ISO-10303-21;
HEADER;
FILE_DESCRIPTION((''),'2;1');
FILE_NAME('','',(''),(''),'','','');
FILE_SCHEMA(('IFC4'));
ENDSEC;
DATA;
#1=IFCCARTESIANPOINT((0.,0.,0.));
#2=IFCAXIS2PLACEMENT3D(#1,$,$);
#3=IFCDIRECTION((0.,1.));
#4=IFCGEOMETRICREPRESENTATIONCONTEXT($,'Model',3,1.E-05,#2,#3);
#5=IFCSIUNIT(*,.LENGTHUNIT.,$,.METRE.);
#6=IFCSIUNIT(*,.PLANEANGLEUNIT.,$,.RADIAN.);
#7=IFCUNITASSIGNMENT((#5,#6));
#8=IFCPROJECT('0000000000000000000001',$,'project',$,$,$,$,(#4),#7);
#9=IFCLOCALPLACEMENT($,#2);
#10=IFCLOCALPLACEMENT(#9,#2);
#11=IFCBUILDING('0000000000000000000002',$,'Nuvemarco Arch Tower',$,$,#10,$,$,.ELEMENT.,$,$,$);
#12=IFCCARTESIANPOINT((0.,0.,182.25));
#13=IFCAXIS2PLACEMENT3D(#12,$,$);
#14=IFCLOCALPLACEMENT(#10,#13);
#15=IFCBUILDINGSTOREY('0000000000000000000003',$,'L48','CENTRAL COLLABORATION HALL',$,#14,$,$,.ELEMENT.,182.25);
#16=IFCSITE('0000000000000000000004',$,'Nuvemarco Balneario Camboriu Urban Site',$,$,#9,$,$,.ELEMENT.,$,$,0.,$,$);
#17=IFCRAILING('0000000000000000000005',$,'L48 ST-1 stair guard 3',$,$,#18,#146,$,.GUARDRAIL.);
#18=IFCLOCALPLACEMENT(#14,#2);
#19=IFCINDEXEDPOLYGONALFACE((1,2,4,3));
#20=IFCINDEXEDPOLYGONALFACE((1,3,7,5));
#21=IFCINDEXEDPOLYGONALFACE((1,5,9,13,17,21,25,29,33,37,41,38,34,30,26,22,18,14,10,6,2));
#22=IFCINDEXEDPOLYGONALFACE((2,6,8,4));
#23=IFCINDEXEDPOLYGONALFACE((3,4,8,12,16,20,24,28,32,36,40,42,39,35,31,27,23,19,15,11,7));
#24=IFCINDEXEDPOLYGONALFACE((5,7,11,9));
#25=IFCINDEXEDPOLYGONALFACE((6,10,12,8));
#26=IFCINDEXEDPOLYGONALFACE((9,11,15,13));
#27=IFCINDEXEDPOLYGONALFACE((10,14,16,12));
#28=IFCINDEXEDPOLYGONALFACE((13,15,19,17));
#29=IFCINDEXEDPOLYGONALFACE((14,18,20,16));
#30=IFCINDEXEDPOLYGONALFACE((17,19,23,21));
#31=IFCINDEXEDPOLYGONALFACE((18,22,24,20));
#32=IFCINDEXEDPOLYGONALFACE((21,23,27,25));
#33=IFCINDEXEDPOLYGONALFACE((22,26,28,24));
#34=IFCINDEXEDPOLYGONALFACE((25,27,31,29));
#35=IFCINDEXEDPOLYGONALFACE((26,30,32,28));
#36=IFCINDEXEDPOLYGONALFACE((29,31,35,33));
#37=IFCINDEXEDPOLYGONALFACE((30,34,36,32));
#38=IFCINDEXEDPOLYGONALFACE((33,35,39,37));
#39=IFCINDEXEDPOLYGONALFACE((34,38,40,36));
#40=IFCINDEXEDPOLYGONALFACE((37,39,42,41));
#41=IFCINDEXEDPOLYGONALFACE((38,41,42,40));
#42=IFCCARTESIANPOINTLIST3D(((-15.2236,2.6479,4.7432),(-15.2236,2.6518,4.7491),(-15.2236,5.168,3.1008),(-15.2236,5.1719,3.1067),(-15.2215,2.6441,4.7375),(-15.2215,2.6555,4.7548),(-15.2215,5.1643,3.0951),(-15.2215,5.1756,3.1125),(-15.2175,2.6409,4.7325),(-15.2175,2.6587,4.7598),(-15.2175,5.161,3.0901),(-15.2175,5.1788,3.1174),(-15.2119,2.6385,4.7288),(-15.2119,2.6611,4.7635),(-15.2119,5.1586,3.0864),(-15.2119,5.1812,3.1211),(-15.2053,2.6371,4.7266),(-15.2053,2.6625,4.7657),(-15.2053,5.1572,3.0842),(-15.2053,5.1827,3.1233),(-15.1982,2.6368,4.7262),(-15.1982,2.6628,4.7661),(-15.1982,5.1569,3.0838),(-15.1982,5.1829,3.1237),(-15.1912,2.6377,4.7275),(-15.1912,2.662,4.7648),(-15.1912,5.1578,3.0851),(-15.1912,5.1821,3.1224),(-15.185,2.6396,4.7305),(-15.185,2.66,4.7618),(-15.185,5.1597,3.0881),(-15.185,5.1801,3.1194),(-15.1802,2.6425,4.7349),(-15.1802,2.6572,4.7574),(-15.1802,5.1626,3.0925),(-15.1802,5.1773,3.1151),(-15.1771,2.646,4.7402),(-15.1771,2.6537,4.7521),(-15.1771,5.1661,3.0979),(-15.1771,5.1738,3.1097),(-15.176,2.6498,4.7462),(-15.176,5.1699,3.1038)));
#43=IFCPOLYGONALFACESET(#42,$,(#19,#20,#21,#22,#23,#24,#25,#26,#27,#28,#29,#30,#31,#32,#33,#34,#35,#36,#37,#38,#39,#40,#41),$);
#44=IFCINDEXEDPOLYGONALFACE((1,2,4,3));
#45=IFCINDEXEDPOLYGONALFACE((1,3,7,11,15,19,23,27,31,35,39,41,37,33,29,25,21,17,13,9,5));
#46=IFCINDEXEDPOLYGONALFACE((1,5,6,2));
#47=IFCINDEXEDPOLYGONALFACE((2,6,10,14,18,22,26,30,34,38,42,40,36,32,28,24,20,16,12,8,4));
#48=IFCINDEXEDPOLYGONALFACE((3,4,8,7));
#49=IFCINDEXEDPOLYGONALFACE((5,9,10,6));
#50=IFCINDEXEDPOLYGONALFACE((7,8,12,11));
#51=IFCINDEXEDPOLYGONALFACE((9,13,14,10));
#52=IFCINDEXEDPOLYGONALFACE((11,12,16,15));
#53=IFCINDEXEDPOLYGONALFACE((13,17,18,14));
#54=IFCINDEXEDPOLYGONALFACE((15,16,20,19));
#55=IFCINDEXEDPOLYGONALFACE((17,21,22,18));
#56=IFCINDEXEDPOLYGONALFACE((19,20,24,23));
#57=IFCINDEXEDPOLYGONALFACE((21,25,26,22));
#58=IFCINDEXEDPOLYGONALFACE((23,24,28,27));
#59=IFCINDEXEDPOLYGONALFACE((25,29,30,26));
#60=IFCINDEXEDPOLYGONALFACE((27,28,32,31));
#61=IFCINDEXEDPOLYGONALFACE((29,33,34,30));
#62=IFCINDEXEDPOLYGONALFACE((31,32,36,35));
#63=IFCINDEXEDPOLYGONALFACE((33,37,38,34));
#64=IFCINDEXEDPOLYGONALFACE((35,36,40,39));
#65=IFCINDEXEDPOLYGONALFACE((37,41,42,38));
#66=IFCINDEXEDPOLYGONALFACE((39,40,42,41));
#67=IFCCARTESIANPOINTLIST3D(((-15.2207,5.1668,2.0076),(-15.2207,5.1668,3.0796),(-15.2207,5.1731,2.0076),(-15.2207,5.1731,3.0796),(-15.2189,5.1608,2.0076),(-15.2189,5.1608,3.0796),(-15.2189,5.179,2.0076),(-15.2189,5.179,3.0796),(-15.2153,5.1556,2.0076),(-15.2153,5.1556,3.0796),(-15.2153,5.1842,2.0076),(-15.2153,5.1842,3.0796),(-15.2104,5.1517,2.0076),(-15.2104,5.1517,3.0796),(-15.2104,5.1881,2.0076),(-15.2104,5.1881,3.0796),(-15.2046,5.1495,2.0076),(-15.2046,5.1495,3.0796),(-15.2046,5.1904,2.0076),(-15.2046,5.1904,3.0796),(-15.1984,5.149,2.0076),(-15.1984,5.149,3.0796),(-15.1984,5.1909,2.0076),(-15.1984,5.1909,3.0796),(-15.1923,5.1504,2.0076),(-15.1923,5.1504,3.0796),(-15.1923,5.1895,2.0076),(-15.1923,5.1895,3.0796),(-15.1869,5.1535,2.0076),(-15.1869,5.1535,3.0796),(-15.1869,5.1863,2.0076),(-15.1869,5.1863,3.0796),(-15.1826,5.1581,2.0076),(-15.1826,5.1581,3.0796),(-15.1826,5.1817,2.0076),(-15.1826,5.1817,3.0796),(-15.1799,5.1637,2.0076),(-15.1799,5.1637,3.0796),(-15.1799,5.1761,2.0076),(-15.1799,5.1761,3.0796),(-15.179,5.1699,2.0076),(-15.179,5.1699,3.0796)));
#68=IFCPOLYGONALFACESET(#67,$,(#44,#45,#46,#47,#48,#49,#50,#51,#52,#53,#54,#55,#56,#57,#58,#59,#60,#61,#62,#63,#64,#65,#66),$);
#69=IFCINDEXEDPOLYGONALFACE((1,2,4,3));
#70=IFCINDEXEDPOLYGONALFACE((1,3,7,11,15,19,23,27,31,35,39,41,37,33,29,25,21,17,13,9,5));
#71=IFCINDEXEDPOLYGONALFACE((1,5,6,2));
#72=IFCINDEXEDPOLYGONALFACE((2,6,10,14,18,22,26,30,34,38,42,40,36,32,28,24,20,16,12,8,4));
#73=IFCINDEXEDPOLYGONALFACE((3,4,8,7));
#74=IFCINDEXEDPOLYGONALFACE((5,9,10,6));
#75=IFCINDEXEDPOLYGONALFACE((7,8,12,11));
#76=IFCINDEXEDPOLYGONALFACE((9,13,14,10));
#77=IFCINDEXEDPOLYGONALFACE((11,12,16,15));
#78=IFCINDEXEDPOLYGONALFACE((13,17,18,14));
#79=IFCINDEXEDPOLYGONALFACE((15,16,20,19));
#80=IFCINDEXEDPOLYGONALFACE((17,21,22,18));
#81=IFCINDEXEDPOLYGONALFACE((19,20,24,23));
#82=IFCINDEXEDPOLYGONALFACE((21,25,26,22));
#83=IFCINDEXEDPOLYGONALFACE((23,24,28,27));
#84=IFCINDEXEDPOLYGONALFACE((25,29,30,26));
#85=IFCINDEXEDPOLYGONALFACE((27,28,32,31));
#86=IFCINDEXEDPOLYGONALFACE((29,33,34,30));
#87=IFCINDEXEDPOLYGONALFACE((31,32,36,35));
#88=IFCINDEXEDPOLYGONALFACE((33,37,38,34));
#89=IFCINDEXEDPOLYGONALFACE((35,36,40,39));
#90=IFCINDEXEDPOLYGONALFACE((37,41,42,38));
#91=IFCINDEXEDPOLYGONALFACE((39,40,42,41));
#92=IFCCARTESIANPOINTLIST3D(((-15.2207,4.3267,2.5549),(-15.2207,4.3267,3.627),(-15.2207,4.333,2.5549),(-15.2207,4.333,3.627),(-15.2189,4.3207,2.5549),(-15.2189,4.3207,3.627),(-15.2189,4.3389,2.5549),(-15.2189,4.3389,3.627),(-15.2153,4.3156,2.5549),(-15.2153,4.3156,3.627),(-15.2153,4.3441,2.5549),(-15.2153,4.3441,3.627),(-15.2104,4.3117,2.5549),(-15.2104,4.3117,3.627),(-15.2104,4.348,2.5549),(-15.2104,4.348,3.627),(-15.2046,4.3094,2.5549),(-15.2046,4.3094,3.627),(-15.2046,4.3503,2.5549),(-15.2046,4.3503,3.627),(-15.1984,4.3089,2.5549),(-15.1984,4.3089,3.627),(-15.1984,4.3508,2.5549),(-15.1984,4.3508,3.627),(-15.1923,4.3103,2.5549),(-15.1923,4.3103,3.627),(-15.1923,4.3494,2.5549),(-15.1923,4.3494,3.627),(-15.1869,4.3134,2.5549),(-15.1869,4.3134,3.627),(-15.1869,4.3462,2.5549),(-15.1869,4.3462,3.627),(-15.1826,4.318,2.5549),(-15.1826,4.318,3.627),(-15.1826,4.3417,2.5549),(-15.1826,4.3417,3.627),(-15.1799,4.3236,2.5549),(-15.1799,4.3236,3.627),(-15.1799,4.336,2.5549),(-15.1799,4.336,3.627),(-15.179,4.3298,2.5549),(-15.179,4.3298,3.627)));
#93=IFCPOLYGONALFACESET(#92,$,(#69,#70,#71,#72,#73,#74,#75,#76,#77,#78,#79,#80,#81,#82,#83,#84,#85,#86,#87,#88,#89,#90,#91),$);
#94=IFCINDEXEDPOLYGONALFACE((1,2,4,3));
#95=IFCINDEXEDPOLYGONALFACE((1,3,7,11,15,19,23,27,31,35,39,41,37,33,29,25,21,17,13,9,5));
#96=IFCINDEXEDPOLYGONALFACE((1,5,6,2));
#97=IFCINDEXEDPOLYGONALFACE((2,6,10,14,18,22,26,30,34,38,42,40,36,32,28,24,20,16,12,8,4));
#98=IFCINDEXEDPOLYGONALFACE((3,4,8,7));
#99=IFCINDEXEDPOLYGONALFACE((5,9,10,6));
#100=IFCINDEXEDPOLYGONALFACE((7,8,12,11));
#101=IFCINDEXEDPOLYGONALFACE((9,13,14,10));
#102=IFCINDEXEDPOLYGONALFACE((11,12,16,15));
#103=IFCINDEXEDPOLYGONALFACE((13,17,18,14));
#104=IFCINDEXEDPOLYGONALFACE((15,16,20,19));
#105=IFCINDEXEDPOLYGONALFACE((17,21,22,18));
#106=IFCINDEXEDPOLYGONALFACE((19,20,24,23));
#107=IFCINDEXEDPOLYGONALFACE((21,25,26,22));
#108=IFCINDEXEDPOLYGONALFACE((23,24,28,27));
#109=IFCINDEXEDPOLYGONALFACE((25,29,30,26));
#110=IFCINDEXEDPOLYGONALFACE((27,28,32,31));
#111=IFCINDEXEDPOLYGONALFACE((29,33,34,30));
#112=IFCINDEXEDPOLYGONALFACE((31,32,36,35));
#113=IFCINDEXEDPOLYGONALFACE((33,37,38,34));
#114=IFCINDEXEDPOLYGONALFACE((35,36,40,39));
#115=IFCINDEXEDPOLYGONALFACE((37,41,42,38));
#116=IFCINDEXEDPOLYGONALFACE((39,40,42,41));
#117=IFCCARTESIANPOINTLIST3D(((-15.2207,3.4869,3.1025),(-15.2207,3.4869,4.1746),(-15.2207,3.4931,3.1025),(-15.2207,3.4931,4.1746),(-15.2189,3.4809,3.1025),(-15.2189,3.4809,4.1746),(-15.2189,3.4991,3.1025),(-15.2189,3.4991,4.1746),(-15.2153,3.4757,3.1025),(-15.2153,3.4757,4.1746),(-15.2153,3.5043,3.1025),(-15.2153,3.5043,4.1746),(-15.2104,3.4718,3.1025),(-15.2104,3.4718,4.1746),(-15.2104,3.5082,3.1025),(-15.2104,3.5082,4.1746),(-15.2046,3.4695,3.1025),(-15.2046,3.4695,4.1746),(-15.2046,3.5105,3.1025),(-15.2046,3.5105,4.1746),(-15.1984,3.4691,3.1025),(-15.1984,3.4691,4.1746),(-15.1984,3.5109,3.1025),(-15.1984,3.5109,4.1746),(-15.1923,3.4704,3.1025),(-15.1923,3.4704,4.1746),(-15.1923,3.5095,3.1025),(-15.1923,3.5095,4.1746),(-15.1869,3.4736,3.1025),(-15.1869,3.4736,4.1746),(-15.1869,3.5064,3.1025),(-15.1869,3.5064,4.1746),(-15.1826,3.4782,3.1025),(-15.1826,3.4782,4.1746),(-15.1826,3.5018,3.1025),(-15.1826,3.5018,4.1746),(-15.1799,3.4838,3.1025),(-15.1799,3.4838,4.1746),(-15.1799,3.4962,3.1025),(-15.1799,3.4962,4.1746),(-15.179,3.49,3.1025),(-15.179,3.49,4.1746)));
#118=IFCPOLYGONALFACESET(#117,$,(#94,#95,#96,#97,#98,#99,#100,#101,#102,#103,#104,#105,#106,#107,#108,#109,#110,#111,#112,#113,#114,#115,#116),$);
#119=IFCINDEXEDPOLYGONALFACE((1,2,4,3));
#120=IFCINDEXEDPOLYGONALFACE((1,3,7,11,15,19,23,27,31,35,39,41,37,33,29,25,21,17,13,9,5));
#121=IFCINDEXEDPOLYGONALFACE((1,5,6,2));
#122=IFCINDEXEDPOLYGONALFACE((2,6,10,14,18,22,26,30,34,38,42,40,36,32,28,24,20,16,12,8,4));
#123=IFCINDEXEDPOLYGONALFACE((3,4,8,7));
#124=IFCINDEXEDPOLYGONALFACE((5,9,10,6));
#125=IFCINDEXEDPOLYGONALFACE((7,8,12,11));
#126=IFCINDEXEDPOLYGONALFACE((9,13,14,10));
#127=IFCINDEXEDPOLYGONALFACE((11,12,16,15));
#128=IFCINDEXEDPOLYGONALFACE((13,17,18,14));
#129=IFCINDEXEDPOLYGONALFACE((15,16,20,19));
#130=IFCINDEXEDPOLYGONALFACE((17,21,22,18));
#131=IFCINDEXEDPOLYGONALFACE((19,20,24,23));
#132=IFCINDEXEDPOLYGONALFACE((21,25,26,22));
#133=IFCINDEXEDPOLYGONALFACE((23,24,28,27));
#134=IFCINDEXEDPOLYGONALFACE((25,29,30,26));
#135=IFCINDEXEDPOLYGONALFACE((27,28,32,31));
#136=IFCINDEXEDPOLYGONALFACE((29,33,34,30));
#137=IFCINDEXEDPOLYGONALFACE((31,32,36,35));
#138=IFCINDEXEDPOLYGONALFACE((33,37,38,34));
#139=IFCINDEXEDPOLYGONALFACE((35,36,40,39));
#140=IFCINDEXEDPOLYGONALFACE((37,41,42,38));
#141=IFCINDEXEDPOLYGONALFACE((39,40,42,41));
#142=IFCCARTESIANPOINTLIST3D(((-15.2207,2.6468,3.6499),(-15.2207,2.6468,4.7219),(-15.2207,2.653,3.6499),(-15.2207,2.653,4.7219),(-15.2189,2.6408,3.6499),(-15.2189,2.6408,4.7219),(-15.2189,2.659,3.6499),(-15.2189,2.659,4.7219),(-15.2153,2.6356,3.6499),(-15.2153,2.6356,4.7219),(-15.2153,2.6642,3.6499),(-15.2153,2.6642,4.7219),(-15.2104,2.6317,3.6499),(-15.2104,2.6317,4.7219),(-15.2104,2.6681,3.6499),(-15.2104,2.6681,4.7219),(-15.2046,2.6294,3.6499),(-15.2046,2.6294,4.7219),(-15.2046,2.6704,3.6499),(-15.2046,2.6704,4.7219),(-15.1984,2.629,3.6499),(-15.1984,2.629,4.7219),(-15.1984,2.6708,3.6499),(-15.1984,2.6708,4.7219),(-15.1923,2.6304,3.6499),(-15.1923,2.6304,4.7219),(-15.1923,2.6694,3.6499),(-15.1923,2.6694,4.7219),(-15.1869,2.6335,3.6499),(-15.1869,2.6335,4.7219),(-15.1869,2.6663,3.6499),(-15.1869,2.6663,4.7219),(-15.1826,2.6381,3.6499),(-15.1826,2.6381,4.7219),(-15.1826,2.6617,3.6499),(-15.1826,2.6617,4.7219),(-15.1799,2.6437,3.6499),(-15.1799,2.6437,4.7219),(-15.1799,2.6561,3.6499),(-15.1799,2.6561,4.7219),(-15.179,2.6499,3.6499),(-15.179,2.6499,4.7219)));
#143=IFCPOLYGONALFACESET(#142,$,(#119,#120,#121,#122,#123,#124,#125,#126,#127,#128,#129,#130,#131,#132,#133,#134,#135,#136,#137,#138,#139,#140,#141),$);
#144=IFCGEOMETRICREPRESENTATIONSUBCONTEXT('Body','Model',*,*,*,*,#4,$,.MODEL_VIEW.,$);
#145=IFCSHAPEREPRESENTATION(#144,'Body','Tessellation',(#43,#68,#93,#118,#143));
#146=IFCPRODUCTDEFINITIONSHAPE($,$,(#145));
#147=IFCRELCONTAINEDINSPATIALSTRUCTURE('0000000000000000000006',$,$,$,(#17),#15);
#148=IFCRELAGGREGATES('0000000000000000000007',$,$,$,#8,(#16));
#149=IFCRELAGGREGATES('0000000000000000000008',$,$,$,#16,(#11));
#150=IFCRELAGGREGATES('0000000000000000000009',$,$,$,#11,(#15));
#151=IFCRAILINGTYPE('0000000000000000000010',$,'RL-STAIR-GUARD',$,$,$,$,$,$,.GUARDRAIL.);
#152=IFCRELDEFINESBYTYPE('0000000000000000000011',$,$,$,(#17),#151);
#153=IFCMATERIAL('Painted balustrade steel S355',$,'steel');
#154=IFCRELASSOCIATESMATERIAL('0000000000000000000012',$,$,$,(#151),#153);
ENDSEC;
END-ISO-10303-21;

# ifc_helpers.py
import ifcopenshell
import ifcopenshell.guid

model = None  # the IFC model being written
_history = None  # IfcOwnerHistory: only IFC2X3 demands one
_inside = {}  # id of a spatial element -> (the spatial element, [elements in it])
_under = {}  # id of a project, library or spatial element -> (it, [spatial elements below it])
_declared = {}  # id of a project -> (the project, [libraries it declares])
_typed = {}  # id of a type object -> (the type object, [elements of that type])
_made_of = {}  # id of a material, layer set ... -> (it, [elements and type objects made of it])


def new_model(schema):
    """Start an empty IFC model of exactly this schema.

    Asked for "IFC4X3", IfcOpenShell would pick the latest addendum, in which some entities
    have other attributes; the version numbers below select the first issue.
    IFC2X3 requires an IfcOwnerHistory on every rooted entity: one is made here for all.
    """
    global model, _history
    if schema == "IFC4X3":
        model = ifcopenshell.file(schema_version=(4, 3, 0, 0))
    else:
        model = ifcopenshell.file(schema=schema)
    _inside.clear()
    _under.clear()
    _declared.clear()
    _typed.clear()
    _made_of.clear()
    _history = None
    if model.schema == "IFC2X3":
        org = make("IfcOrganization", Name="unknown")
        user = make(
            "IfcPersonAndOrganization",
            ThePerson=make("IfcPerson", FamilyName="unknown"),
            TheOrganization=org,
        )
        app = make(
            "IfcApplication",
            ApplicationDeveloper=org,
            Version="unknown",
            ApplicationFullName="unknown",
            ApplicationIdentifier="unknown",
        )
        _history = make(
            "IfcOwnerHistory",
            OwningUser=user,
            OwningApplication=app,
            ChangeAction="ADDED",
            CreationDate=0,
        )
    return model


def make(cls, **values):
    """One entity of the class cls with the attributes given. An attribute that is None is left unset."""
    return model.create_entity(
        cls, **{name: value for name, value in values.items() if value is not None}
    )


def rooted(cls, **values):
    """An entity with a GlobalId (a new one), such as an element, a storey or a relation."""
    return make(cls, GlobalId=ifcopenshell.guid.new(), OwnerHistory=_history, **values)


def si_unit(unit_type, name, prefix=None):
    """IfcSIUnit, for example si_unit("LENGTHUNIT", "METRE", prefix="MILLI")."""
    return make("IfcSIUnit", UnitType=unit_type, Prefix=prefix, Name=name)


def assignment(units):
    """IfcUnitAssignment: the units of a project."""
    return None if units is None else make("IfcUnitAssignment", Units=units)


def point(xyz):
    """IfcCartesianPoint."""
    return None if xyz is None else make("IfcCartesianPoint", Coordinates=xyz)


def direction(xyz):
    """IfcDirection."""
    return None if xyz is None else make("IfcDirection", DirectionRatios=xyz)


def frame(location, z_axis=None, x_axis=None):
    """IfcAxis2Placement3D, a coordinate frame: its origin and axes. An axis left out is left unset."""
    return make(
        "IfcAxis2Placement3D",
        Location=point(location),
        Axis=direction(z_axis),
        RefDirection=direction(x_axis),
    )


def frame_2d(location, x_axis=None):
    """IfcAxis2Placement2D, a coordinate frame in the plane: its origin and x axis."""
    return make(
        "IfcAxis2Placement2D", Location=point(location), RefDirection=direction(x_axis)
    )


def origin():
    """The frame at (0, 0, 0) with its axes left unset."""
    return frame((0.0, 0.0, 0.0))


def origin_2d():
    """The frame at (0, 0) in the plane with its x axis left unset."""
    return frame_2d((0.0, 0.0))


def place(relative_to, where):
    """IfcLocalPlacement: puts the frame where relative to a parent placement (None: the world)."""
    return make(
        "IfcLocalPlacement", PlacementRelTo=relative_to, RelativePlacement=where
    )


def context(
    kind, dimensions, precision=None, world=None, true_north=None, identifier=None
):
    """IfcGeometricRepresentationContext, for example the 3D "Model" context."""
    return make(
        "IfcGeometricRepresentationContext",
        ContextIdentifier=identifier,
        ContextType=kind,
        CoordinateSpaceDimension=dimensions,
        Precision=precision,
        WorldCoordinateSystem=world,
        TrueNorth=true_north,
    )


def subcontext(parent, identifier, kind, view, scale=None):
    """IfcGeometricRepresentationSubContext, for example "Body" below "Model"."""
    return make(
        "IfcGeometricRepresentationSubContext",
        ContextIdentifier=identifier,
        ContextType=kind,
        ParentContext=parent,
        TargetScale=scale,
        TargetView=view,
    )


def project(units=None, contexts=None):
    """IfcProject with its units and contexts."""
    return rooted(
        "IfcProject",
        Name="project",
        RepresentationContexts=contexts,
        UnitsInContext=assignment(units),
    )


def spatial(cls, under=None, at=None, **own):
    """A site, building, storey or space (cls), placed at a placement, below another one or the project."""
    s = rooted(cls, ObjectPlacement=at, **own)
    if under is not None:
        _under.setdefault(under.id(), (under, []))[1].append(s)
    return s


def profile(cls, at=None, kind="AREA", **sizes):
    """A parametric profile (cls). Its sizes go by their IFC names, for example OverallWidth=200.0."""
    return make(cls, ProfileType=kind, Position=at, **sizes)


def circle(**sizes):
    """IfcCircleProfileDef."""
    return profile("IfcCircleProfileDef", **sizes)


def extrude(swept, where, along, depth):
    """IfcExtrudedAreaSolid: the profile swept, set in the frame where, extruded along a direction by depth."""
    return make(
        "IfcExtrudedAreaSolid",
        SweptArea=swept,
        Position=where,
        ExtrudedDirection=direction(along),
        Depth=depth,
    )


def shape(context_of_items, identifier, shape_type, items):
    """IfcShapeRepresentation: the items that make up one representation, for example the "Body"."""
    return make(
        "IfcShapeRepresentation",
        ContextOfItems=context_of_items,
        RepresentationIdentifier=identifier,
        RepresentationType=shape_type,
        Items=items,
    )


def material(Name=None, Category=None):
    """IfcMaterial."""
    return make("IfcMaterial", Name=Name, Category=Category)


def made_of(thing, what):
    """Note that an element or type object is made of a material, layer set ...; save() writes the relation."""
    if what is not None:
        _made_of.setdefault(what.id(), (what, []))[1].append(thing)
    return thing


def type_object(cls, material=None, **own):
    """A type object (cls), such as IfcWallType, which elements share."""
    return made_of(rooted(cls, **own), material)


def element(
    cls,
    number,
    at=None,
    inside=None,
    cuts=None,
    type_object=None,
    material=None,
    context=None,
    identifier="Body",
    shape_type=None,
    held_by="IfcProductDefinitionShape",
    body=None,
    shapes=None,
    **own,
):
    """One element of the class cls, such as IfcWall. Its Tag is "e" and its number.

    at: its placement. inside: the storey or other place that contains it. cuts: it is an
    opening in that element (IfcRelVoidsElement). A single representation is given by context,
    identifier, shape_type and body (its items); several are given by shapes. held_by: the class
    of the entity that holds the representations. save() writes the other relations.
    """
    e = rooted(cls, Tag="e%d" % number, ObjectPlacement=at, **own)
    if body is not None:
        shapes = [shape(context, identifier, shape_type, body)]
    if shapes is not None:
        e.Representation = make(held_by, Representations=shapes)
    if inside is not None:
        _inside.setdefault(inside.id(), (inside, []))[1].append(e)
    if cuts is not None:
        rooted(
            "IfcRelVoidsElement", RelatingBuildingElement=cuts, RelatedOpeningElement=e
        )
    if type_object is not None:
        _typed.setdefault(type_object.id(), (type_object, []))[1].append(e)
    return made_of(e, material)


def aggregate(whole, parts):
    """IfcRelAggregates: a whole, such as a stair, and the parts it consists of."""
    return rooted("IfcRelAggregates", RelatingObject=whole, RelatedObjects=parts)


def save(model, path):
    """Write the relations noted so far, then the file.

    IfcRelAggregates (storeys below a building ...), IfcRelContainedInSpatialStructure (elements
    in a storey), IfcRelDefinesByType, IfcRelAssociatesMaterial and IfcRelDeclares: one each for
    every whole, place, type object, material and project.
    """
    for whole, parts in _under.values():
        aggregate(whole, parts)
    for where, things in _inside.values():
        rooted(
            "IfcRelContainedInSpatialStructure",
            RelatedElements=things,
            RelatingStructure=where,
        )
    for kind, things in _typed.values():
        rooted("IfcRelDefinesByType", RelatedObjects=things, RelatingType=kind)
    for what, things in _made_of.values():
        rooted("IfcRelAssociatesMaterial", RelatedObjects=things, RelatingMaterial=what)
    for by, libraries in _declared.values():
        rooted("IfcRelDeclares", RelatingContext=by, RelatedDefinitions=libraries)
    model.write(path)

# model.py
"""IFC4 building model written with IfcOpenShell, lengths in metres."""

from ifc_helpers import new_model, si_unit, direction, frame, origin, origin_2d, place, context, subcontext, project, spatial, circle, extrude, material, type_object, element, save


model = new_model("IFC4")

# Units and contexts
model_context = context("Model", 3, precision=1e-05, world=origin(), true_north=direction((0.0, 1.0)))
body_context = subcontext(model_context, "Body", "Model", "MODEL_VIEW")
ifc_project = project(units=[si_unit("LENGTHUNIT", "METRE"), si_unit("PLANEANGLEUNIT", "RADIAN")], contexts=[model_context])

# Site, building, storey
site_placement = place(None, origin())
site = spatial("IfcSite", under=ifc_project, at=site_placement, Name="Nuvemarco Balneario Camboriu Urban Site", CompositionType="ELEMENT", RefElevation=0.0)
building_placement = place(site_placement, origin())
building = spatial("IfcBuilding", under=site, at=building_placement, Name="Nuvemarco Arch Tower", CompositionType="ELEMENT")
storey_placement = place(building_placement, frame((0.0, 0.0, 182.25)))
storey = spatial("IfcBuildingStorey", under=building, at=storey_placement, Name="L48", Description="CENTRAL COLLABORATION HALL", CompositionType="ELEMENT", Elevation=182.25)

# Railing
ifc_material_1 = material(Name="Painted balustrade steel S355", Category="steel")
railing_type_1 = type_object("IfcRailingType", Name="RL-STAIR-GUARD", PredefinedType="GUARDRAIL", material=ifc_material_1)
railing_1_placement = place(storey_placement, frame((-15.2, 5.1699, 2.0076)))
element("IfcRailing", 1, at=railing_1_placement, inside=storey, type_object=railing_type_1, Name="L48 ST-1 stair guard 3", PredefinedType="GUARDRAIL", context=body_context, shape_type="SweptSolid", body=[
    extrude(circle(Radius=0.0239, at=origin_2d()), frame((0.0, 0.0, 1.0962), z_axis=(0.0, -0.837787, 0.545998), x_axis=(1.0, 0.0, 0.0)), (0.0, 0.0, 1.0), 3.0081),
    extrude(circle(Radius=0.021, at=origin_2d()), origin(), (0.0, 0.0, 1.0), 1.072),
    extrude(circle(Radius=0.021, at=origin_2d()), frame((0.0, -0.8401, 0.5474)), (0.0, 0.0, 1.0), 1.072),
    extrude(circle(Radius=0.021, at=origin_2d()), frame((0.0, -1.6799, 1.095)), (0.0, 0.0, 1.0), 1.072),
    extrude(circle(Radius=0.021, at=origin_2d()), frame((0.0, -2.52, 1.6423)), (0.0, 0.0, 1.0), 1.072),
])

save(model, "model.ifc")
